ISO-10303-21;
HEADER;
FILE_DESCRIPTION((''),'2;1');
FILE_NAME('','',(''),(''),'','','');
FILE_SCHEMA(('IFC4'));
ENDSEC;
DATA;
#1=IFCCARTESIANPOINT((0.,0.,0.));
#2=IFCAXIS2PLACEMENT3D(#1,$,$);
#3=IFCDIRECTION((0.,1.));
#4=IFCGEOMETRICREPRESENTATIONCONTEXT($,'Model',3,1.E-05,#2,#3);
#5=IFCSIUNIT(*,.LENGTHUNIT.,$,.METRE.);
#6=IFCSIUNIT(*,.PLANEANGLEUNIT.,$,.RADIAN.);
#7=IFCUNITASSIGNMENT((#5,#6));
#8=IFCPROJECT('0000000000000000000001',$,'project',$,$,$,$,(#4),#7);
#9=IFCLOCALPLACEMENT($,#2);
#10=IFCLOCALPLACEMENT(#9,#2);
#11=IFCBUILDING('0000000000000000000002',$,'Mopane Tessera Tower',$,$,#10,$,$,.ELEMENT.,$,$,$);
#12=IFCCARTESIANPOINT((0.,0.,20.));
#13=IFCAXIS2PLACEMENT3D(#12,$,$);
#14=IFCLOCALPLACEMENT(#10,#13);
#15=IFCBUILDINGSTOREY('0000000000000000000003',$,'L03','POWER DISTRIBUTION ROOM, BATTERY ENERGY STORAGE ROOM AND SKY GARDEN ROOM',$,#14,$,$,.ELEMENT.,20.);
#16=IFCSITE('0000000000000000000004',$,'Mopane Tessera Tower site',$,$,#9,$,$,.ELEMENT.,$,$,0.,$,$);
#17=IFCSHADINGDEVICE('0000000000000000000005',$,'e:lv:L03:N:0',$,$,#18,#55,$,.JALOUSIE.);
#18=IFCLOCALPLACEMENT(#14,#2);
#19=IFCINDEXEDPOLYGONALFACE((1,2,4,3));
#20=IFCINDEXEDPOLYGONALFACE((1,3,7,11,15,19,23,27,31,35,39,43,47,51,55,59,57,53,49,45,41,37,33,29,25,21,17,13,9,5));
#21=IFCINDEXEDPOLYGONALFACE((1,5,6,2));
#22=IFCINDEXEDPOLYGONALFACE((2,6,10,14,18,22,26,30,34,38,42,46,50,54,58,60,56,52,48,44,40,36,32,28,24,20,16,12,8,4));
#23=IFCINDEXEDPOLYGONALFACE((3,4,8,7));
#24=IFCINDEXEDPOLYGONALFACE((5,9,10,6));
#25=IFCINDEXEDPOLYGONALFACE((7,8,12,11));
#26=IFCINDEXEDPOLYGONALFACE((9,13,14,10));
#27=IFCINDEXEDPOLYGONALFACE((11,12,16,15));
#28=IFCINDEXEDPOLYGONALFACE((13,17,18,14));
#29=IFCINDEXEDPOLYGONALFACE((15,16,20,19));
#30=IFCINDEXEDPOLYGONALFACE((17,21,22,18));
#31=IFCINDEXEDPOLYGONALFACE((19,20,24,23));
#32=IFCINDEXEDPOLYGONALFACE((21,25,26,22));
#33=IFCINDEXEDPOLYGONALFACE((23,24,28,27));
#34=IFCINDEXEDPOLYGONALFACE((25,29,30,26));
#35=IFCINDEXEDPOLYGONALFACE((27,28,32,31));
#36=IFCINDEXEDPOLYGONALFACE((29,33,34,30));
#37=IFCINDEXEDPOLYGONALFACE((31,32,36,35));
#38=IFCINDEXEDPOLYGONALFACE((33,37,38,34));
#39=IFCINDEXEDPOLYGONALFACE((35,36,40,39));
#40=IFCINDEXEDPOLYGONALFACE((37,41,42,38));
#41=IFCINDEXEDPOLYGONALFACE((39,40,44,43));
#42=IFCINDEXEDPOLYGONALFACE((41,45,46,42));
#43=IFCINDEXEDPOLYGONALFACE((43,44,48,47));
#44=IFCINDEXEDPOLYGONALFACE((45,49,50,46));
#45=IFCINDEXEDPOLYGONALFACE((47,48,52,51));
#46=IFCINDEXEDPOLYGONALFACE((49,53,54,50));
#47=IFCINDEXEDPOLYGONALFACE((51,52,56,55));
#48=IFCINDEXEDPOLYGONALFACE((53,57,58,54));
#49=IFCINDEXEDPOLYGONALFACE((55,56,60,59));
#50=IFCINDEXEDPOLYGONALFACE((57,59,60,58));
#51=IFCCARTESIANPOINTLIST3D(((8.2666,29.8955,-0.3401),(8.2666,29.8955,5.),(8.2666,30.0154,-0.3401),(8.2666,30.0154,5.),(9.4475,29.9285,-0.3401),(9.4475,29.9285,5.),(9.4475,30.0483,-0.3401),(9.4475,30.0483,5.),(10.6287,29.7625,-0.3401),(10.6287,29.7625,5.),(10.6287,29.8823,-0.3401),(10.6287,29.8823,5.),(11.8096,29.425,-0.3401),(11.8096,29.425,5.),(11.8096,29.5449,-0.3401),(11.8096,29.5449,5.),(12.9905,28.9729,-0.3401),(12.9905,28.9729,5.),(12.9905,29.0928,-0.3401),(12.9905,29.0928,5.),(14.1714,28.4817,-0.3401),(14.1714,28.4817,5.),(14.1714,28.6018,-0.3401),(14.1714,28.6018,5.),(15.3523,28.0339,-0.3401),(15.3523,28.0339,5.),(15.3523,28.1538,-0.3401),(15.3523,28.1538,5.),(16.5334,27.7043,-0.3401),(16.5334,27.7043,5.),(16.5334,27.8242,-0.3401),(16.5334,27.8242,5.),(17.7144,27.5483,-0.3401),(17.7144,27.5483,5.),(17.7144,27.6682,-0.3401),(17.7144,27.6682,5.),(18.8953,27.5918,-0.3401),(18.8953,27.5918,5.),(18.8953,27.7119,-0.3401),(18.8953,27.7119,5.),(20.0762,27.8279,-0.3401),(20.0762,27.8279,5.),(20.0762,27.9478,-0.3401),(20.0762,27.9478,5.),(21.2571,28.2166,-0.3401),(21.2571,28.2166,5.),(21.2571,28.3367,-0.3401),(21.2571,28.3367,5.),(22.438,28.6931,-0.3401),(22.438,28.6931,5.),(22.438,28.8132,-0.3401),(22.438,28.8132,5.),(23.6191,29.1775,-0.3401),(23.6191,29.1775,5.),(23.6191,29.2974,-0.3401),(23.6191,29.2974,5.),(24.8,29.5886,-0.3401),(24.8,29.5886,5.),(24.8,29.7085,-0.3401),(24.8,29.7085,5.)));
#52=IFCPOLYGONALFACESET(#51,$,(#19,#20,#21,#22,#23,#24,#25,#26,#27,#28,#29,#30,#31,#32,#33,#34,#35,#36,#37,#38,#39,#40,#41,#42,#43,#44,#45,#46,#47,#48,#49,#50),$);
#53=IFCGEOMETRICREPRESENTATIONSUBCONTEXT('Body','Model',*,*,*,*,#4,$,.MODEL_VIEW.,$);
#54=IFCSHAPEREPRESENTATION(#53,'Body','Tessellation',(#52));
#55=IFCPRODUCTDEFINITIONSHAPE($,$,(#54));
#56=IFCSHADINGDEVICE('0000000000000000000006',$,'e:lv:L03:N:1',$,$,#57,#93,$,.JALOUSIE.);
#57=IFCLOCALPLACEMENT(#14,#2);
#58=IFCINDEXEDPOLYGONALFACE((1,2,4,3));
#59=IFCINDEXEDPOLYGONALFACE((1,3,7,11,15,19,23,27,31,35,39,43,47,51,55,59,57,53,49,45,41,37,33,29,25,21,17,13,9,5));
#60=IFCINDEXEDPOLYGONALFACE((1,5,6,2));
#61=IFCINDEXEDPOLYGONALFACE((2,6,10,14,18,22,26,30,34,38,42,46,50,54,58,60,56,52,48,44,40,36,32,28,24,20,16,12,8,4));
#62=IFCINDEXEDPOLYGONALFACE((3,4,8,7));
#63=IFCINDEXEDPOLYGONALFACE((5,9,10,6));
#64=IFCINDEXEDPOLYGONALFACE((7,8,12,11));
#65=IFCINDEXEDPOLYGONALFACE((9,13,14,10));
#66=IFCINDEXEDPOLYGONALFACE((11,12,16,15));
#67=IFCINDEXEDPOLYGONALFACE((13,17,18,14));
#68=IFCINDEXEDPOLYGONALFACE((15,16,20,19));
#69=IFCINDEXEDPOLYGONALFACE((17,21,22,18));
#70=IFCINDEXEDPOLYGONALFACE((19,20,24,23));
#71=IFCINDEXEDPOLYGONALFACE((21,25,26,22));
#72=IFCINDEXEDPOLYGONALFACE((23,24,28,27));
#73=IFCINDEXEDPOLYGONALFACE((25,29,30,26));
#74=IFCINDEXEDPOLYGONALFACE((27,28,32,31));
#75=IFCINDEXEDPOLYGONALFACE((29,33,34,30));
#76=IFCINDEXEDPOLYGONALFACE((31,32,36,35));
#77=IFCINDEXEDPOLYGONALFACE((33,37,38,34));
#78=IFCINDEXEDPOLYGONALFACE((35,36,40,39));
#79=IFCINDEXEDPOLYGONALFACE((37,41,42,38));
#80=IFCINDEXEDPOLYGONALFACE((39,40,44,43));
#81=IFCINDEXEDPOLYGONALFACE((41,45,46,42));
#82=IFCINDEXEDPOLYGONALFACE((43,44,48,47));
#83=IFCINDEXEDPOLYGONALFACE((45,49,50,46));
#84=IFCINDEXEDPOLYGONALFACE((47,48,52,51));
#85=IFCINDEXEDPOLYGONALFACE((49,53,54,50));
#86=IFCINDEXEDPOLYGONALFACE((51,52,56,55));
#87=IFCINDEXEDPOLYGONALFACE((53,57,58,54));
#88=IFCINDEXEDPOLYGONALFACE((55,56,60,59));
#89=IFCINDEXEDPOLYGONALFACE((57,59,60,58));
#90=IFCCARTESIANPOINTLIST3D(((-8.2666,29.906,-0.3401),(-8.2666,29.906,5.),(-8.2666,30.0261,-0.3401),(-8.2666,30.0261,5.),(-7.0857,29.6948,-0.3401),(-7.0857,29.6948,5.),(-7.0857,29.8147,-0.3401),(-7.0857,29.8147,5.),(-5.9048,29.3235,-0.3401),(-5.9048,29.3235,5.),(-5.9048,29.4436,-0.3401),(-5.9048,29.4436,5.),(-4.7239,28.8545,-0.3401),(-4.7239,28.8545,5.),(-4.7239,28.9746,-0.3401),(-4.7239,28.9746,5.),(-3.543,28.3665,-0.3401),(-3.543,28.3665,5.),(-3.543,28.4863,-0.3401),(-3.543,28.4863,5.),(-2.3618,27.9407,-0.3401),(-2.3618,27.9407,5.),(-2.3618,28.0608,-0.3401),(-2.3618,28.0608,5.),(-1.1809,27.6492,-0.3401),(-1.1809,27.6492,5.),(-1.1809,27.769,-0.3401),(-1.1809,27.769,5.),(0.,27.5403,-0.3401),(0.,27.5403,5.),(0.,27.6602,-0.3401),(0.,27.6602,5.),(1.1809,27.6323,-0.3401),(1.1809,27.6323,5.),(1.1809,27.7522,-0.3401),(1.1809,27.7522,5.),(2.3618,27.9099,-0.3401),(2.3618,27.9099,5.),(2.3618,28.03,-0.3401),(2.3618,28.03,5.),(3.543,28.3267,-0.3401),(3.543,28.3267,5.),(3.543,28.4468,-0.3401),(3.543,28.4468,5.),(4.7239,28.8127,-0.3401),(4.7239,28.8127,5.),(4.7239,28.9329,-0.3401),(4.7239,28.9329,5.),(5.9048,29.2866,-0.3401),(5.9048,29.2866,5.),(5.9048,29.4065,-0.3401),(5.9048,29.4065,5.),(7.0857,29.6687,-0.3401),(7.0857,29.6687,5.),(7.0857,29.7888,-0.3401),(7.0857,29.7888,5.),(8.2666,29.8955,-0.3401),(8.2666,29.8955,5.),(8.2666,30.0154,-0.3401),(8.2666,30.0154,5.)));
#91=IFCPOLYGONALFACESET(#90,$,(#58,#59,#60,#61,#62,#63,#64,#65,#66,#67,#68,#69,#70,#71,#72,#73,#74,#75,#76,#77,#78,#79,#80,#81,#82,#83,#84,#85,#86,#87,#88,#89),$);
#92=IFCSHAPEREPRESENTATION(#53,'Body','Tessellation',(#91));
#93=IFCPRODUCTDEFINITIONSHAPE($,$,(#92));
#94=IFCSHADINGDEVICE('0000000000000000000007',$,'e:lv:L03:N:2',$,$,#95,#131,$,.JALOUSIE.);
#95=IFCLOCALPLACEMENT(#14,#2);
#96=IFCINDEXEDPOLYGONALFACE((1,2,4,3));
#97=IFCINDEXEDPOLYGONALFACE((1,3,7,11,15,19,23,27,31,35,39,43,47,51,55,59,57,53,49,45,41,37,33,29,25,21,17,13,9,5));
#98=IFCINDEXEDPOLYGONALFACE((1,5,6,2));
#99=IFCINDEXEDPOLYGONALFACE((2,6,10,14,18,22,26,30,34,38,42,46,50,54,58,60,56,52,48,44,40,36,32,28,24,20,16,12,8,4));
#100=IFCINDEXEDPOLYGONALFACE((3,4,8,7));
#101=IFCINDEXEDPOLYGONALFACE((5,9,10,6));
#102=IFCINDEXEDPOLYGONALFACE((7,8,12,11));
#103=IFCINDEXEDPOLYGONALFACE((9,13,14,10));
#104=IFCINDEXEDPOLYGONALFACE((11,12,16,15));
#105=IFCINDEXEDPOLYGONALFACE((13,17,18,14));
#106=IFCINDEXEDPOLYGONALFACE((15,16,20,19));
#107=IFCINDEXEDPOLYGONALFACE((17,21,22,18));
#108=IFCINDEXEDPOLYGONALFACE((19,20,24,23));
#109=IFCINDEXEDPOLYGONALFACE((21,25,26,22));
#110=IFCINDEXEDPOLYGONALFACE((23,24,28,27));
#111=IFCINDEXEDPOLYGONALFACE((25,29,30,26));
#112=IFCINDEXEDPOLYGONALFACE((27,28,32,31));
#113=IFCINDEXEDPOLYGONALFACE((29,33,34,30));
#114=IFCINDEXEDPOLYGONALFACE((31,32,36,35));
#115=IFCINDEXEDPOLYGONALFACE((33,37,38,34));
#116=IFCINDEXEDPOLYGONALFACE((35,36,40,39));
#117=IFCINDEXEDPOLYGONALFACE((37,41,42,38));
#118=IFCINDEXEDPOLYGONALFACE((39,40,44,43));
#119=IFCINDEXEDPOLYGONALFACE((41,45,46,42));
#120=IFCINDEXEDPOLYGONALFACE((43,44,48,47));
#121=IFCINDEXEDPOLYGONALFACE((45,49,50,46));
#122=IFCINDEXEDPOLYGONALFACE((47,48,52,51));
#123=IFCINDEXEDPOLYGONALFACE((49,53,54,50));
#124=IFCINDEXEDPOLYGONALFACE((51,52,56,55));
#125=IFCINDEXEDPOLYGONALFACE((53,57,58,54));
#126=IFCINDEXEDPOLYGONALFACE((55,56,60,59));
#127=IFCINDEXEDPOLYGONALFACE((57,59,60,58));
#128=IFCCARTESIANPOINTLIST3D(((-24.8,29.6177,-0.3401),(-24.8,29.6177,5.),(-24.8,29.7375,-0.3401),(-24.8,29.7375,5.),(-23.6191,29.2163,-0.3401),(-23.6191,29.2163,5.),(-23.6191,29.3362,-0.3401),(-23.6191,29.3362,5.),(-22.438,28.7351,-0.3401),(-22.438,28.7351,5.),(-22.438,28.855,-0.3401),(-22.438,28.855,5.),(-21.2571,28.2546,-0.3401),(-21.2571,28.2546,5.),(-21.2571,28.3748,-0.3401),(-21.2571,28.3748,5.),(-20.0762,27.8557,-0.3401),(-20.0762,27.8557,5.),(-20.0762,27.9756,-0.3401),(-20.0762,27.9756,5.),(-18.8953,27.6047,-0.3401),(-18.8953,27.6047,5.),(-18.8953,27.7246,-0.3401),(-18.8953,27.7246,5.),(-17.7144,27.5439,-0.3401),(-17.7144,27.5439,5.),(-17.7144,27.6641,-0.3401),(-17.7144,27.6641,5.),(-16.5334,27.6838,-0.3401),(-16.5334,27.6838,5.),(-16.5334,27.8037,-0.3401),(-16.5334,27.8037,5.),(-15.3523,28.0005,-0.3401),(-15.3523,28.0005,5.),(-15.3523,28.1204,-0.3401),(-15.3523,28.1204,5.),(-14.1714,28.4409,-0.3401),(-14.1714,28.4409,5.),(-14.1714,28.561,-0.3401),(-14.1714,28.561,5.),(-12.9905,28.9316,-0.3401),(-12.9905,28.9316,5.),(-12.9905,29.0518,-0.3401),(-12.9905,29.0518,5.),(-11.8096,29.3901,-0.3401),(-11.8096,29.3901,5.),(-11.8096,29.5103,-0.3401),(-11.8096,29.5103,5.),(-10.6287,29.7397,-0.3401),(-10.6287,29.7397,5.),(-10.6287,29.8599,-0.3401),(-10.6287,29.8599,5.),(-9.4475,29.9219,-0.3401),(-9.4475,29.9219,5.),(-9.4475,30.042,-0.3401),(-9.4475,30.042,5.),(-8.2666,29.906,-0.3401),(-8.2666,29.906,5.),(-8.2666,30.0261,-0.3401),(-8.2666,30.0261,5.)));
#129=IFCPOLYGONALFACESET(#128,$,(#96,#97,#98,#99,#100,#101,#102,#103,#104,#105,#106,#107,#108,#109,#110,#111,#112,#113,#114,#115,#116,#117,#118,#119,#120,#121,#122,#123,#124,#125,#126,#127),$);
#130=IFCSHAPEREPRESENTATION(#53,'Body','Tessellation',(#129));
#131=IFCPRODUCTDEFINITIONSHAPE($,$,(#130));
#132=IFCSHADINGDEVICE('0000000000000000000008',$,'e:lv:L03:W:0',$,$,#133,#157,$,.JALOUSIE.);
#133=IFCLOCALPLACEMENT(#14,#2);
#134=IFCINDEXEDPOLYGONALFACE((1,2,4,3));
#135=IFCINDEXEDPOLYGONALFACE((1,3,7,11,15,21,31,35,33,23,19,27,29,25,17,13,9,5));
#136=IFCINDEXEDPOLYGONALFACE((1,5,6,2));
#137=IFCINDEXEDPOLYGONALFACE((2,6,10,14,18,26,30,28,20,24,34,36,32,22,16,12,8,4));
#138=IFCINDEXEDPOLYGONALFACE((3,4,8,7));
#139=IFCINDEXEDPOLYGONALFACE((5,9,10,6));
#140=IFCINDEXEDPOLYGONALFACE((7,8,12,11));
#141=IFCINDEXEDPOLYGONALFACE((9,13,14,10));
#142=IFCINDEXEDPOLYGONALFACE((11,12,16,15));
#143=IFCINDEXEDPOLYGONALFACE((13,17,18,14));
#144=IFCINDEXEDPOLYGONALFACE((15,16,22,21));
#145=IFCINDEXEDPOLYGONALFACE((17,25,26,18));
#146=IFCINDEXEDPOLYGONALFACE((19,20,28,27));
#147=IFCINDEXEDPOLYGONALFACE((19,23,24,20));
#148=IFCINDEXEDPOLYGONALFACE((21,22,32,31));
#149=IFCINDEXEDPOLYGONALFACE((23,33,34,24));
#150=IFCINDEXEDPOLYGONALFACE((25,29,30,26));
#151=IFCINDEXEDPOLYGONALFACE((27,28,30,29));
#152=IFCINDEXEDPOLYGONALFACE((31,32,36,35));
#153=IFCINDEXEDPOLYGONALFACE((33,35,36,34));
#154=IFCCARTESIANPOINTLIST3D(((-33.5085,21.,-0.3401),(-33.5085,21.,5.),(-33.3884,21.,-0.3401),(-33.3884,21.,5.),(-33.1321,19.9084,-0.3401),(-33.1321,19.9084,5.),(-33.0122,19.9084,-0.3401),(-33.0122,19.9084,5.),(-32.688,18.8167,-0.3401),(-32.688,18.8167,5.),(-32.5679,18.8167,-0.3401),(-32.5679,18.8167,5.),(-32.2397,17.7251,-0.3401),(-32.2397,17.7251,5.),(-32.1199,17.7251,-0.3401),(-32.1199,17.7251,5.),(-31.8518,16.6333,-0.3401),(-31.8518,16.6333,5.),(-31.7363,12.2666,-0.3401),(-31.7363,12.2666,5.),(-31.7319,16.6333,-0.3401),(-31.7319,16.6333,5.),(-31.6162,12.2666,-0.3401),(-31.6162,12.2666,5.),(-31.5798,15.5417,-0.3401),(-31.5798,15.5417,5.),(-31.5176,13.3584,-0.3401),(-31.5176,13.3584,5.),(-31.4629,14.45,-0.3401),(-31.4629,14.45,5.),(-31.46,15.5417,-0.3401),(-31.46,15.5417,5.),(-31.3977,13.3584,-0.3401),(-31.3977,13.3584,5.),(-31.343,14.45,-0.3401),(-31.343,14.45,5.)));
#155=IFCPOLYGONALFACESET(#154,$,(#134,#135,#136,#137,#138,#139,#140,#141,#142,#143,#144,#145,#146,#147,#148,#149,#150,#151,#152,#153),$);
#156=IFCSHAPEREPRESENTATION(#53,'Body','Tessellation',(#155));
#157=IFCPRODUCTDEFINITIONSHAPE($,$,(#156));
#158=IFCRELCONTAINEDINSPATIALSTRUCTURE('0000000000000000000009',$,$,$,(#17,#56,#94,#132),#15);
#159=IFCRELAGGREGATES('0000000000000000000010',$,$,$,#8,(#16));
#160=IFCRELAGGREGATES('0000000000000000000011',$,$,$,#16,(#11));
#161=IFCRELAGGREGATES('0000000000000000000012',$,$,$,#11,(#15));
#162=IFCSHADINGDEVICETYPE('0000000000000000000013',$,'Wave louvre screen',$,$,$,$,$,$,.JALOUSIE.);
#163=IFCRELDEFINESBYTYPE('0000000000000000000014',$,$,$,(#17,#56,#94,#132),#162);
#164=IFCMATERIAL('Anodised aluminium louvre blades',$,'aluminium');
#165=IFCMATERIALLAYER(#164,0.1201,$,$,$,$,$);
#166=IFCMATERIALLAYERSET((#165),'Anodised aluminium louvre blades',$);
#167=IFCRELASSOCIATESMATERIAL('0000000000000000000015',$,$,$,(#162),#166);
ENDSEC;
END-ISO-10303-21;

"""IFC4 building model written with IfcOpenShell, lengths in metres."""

from ifc_helpers import new_model, si_unit, direction, frame, origin, place, context, subcontext, project, spatial, polyline, outline, extrude, material, layer, layer_set, type_object, element, save


model = new_model("IFC4")

# Units and contexts
model_context = context("Model", 3, precision=1e-05, world=origin(), true_north=direction((0.0, 1.0)))
body_context = subcontext(model_context, "Body", "Model", "MODEL_VIEW")
ifc_project = project(units=[si_unit("LENGTHUNIT", "METRE"), si_unit("PLANEANGLEUNIT", "RADIAN")], contexts=[model_context])

# Site, building, storey
site_placement = place(None, origin())
site = spatial("IfcSite", under=ifc_project, at=site_placement, Name="Mopane Tessera Tower site", CompositionType="ELEMENT", RefElevation=0.0)
building_placement = place(site_placement, origin())
building = spatial("IfcBuilding", under=site, at=building_placement, Name="Mopane Tessera Tower", CompositionType="ELEMENT")
storey_placement = place(building_placement, frame((0.0, 0.0, 20.0)))
storey = spatial("IfcBuildingStorey", under=building, at=storey_placement, Name="L03", Description="POWER DISTRIBUTION ROOM, BATTERY ENERGY STORAGE ROOM AND SKY GARDEN ROOM", CompositionType="ELEMENT", Elevation=20.0)

# Shading devices
ifc_material_1 = material(Name="Anodised aluminium louvre blades", Category="aluminium")
ifc_layer_1 = layer(ifc_material_1, 0.1201)
ifc_layer_set_1 = layer_set([ifc_layer_1], Name="Anodised aluminium louvre blades")
shading_device_type = type_object("IfcShadingDeviceType", Name="Wave louvre screen", PredefinedType="JALOUSIE", material=ifc_layer_set_1)
shading_device_1_placement = place(storey_placement, frame((0.0, 0.0, -0.3401)))
element("IfcShadingDevice", 1, at=shading_device_1_placement, inside=storey, type_object=shading_device_type, Name="e:lv:L03:N:0", PredefinedType="JALOUSIE", context=body_context, shape_type="SweptSolid", body=[
    extrude(outline(polyline([(24.8, 29.5886), (23.6191, 29.1775), (22.438, 28.6931), (21.2571, 28.2166), (20.0762, 27.8279), (18.8953, 27.5918), (17.7144, 27.5483), (16.5334, 27.7043), (15.3523, 28.0339), (14.1714, 28.4817), (12.9905, 28.9729), (11.8096, 29.425), (10.6287, 29.7625), (9.4475, 29.9285), (8.2666, 29.8955), (8.2666, 30.0154), (9.4475, 30.0483), (10.6287, 29.8823), (11.8096, 29.5449), (12.9905, 29.0928), (14.1714, 28.6018), (15.3523, 28.1538), (16.5334, 27.8242), (17.7144, 27.6682), (18.8953, 27.7119), (20.0762, 27.9478), (21.2571, 28.3367), (22.438, 28.8132), (23.6191, 29.2974), (24.8, 29.7085), (24.8, 29.5886)])), origin(), (0.0, 0.0, 1.0), 5.3401),
])
shading_device_2_placement = place(storey_placement, frame((0.0, 0.0, -0.3401)))
element("IfcShadingDevice", 2, at=shading_device_2_placement, inside=storey, type_object=shading_device_type, Name="e:lv:L03:N:1", PredefinedType="JALOUSIE", context=body_context, shape_type="SweptSolid", body=[
    extrude(outline(polyline([(8.2666, 29.8955), (7.0857, 29.6687), (5.9048, 29.2866), (4.7239, 28.8127), (3.543, 28.3267), (2.3618, 27.9099), (1.1809, 27.6323), (0.0, 27.5403), (-1.1809, 27.6492), (-2.3618, 27.9407), (-3.543, 28.3665), (-4.7239, 28.8545), (-5.9048, 29.3235), (-7.0857, 29.6948), (-8.2666, 29.906), (-8.2666, 30.0261), (-7.0857, 29.8147), (-5.9048, 29.4436), (-4.7239, 28.9746), (-3.543, 28.4863), (-2.3618, 28.0608), (-1.1809, 27.769), (0.0, 27.6602), (1.1809, 27.7522), (2.3618, 28.03), (3.543, 28.4468), (4.7239, 28.9329), (5.9048, 29.4065), (7.0857, 29.7888), (8.2666, 30.0154), (8.2666, 29.8955)])), origin(), (0.0, 0.0, 1.0), 5.3401),
])
shading_device_3_placement = place(storey_placement, frame((0.0, 0.0, -0.3401)))
element("IfcShadingDevice", 3, at=shading_device_3_placement, inside=storey, type_object=shading_device_type, Name="e:lv:L03:N:2", PredefinedType="JALOUSIE", context=body_context, shape_type="SweptSolid", body=[
    extrude(outline(polyline([(-8.2666, 29.906), (-9.4475, 29.9219), (-10.6287, 29.7397), (-11.8096, 29.3901), (-12.9905, 28.9316), (-14.1714, 28.4409), (-15.3523, 28.0005), (-16.5334, 27.6838), (-17.7144, 27.5439), (-18.8953, 27.6047), (-20.0762, 27.8557), (-21.2571, 28.2546), (-22.438, 28.7351), (-23.6191, 29.2163), (-24.8, 29.6177), (-24.8, 29.7375), (-23.6191, 29.3362), (-22.438, 28.855), (-21.2571, 28.3748), (-20.0762, 27.9756), (-18.8953, 27.7246), (-17.7144, 27.6641), (-16.5334, 27.8037), (-15.3523, 28.1204), (-14.1714, 28.561), (-12.9905, 29.0518), (-11.8096, 29.5103), (-10.6287, 29.8599), (-9.4475, 30.042), (-8.2666, 30.0261), (-8.2666, 29.906)])), origin(), (0.0, 0.0, 1.0), 5.3401),
])
shading_device_4_placement = place(storey_placement, frame((0.0, 0.0, -0.3401)))
element("IfcShadingDevice", 4, at=shading_device_4_placement, inside=storey, type_object=shading_device_type, Name="e:lv:L03:W:0", PredefinedType="JALOUSIE", context=body_context, shape_type="SweptSolid", body=[
    extrude(outline(polyline([(-33.3884, 21.0), (-33.0122, 19.9084), (-32.5679, 18.8167), (-32.1199, 17.7251), (-31.7319, 16.6333), (-31.46, 15.5417), (-31.343, 14.45), (-31.3977, 13.3584), (-31.6162, 12.2666), (-31.7363, 12.2666), (-31.5176, 13.3584), (-31.4629, 14.45), (-31.5798, 15.5417), (-31.8518, 16.6333), (-32.2397, 17.7251), (-32.688, 18.8167), (-33.1321, 19.9084), (-33.5085, 21.0), (-33.3884, 21.0)])), origin(), (0.0, 0.0, 1.0), 5.3401),
])

save(model, "model.ifc")
